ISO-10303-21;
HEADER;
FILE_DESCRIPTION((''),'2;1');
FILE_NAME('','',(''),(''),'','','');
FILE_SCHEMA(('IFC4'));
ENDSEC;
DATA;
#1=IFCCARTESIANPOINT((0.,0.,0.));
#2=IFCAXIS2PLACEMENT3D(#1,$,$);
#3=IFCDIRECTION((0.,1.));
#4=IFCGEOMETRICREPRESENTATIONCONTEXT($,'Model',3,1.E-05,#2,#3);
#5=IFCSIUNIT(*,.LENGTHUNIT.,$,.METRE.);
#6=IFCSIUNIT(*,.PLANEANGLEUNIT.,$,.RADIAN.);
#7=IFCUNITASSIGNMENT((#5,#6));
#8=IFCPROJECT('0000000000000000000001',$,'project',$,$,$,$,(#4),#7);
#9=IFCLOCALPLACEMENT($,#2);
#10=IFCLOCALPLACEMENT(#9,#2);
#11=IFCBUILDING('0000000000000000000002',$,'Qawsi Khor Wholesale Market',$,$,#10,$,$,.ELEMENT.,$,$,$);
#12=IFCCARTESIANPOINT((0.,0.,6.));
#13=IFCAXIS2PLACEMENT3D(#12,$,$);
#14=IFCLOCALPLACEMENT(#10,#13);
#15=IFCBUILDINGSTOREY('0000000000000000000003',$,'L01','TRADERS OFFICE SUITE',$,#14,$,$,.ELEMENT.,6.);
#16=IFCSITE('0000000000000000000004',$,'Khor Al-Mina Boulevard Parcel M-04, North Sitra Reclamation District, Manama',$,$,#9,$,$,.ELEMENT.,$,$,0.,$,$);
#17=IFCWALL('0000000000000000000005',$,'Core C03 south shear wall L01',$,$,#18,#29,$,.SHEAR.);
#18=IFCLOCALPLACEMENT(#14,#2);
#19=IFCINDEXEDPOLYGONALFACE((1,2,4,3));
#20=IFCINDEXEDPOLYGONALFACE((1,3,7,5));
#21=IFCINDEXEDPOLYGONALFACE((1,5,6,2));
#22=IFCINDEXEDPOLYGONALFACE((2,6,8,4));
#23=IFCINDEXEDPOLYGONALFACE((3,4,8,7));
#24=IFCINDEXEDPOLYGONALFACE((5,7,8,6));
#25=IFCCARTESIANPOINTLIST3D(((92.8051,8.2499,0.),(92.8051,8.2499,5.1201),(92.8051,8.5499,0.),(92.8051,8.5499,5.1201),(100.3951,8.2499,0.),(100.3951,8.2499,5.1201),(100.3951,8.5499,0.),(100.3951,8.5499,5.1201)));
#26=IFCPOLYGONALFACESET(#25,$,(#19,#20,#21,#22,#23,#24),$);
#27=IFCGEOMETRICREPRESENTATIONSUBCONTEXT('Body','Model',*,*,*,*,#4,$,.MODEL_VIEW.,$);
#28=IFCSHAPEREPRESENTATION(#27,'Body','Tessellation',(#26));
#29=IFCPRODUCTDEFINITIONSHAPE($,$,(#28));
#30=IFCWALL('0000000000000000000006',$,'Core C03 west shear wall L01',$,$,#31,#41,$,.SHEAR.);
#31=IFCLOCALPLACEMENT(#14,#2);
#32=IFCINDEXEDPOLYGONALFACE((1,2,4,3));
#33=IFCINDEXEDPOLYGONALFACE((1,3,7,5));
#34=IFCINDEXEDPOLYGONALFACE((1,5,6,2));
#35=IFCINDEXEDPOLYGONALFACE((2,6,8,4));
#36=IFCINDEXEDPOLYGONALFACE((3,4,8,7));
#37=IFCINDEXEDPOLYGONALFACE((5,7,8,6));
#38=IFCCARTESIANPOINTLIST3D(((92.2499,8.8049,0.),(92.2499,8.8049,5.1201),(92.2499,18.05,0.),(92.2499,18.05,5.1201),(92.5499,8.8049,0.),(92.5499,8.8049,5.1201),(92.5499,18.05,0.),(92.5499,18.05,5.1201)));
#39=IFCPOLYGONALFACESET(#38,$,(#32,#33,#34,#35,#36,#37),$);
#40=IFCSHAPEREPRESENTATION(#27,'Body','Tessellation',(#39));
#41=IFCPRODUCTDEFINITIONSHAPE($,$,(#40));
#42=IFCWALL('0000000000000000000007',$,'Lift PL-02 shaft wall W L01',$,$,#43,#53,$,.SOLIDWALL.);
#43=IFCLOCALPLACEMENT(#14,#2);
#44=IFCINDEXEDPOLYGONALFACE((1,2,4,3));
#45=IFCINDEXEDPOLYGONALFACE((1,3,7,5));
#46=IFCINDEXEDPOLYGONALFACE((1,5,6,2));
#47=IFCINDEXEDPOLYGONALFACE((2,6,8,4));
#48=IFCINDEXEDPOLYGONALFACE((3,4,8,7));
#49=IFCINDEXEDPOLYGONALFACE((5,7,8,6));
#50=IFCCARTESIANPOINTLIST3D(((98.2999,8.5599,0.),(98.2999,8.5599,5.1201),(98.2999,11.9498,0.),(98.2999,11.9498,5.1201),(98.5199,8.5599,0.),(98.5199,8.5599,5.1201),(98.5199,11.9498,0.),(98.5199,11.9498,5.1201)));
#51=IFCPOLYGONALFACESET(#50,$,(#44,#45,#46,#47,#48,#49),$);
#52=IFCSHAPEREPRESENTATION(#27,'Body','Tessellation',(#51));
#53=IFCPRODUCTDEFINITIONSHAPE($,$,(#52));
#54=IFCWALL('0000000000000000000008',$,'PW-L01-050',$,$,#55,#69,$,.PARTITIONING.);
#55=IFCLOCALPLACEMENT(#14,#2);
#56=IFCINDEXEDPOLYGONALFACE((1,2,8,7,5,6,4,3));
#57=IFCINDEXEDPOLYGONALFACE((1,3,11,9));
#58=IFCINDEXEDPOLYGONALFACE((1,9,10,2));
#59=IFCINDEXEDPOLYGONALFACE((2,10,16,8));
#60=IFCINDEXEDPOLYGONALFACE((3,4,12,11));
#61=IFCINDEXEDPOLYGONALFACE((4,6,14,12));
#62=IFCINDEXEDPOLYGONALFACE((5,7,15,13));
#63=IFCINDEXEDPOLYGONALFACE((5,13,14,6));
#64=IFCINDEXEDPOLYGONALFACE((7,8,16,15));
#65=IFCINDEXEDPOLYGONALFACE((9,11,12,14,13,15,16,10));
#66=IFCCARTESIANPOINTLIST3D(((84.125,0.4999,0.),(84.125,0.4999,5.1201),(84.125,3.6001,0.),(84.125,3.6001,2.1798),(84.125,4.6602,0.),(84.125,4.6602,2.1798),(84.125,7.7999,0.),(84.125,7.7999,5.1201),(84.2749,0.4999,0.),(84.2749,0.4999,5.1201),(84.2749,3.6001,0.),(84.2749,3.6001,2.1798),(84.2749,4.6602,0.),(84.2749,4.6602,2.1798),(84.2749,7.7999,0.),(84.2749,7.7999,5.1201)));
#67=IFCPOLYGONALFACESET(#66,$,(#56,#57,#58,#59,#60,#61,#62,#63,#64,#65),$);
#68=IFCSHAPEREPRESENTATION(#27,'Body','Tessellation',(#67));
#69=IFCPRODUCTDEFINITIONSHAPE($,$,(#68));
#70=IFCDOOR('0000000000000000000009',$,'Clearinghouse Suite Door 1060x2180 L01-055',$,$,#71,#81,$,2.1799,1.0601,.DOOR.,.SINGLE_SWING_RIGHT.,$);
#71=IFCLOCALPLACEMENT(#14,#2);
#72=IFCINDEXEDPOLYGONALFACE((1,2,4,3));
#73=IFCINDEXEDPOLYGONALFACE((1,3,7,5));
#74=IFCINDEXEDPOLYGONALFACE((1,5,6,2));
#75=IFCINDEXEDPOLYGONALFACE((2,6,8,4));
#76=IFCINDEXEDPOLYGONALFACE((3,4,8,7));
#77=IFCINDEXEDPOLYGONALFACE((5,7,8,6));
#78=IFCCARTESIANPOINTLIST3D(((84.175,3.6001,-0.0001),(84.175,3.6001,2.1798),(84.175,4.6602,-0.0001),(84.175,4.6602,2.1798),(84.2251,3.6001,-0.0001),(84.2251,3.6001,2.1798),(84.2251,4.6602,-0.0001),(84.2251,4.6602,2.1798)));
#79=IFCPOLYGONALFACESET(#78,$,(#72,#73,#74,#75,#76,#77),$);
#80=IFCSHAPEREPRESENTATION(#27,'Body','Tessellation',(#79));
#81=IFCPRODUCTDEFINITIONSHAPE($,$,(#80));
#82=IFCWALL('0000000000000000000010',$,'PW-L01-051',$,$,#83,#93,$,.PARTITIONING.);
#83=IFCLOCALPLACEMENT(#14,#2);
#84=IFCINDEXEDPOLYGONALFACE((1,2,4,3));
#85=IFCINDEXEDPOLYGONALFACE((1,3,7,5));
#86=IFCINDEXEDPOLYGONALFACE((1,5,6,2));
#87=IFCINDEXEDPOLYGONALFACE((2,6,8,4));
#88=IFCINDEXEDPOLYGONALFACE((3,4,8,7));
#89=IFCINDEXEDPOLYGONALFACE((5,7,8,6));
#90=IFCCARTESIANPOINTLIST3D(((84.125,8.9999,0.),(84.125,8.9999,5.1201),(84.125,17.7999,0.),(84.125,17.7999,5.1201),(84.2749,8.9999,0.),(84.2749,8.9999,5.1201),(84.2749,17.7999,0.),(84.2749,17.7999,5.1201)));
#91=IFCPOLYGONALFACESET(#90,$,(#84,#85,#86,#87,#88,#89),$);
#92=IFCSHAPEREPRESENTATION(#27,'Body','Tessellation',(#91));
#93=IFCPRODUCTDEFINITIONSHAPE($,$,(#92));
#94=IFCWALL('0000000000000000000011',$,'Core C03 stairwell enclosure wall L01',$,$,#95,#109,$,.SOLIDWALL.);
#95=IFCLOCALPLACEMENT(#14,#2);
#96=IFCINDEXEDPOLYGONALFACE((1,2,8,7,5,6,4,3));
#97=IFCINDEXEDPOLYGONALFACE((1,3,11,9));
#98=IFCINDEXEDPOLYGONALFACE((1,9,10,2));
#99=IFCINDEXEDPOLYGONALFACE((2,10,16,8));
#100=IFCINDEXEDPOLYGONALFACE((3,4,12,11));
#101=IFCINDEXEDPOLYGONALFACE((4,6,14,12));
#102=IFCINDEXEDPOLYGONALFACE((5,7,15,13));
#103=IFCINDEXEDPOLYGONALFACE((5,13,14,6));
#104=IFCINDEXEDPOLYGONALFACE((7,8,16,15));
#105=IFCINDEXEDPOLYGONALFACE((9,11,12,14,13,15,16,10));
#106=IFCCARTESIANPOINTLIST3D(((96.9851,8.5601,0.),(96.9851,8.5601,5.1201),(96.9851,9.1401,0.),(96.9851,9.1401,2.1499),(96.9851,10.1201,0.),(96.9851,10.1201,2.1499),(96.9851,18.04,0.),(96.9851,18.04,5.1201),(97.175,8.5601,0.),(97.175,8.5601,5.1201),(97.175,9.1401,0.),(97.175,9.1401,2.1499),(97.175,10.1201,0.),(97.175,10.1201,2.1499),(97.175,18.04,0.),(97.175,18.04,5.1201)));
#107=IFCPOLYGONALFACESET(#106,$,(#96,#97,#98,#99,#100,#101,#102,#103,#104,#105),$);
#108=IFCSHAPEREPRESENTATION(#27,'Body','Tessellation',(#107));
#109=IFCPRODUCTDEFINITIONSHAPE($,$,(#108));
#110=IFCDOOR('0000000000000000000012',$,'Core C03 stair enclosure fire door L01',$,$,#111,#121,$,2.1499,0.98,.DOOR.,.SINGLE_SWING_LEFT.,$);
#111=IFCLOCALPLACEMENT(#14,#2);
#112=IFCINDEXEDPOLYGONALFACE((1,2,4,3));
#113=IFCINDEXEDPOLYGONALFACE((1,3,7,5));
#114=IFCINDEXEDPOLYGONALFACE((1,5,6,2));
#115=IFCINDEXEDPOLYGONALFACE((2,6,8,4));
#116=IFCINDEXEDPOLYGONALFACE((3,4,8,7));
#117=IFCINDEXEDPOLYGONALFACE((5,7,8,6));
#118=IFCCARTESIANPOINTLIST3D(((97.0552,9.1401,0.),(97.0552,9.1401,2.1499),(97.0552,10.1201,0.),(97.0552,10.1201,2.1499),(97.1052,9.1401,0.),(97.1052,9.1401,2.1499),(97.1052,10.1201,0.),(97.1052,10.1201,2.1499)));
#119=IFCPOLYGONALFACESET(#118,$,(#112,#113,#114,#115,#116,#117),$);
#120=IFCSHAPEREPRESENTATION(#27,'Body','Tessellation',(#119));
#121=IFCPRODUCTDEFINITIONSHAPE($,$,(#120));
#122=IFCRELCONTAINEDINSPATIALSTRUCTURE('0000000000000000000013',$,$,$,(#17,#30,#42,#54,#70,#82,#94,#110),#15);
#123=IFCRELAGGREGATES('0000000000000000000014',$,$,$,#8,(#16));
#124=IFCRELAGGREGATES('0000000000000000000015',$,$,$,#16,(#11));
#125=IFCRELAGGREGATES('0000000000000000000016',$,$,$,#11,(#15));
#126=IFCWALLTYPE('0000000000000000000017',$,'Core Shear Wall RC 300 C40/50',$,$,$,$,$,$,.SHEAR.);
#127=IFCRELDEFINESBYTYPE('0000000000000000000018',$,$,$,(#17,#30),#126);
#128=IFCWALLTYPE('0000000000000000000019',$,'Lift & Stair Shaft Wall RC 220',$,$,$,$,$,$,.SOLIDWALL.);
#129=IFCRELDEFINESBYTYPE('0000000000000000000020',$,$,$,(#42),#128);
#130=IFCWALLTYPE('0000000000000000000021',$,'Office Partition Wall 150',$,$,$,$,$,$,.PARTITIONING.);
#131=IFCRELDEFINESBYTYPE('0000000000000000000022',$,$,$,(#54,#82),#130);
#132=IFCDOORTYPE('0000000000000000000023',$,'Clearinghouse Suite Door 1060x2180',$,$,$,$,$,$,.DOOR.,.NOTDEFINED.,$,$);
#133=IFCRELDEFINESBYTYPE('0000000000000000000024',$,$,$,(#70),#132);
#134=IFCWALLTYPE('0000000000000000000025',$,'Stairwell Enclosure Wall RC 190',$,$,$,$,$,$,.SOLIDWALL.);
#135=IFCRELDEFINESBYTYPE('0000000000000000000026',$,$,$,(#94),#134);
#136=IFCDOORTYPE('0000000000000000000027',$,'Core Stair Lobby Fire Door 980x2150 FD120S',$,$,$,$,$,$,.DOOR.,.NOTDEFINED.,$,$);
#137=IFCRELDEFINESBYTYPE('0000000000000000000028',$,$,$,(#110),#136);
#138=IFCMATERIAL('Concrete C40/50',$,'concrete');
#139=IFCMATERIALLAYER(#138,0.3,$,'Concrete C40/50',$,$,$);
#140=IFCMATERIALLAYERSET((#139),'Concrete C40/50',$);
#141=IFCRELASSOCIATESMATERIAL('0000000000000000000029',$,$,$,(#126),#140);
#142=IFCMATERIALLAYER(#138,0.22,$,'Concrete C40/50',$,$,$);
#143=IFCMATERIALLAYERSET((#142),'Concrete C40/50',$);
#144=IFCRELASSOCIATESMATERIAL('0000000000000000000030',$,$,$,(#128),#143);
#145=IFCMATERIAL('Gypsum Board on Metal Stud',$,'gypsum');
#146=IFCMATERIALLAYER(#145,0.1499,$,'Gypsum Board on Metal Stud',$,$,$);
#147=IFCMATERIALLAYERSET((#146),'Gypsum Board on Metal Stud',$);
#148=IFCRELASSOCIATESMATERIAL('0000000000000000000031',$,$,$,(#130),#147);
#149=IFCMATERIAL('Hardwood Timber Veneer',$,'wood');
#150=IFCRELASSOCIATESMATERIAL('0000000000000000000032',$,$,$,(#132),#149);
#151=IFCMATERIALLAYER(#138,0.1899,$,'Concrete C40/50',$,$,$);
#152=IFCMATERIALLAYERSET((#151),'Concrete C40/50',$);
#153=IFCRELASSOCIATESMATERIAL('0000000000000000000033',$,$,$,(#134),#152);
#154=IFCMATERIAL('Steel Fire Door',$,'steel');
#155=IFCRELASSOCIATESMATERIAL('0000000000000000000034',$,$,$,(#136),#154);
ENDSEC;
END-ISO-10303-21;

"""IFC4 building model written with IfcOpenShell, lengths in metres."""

from ifc_helpers import new_model, si_unit, direction, frame, frame_2d, origin, place, context, subcontext, project, spatial, rectangle, extrude, material, layer, layer_set, type_object, element, fill, save


model = new_model("IFC4")

# Units and contexts
model_context = context("Model", 3, precision=1e-05, world=origin(), true_north=direction((0.0, 1.0)))
body_context = subcontext(model_context, "Body", "Model", "MODEL_VIEW")
ifc_project = project(units=[si_unit("LENGTHUNIT", "METRE"), si_unit("PLANEANGLEUNIT", "RADIAN")], contexts=[model_context])

# Site, building, storey
site_placement = place(None, origin())
site = spatial("IfcSite", under=ifc_project, at=site_placement, Name="Khor Al-Mina Boulevard Parcel M-04, North Sitra Reclamation District, Manama", CompositionType="ELEMENT", RefElevation=0.0)
building_placement = place(site_placement, origin())
building = spatial("IfcBuilding", under=site, at=building_placement, Name="Qawsi Khor Wholesale Market", CompositionType="ELEMENT")
storey_placement = place(building_placement, frame((0.0, 0.0, 6.0)))
storey = spatial("IfcBuildingStorey", under=building, at=storey_placement, Name="L01", Description="TRADERS OFFICE SUITE", CompositionType="ELEMENT", Elevation=6.0)

# Shared definitions
ifc_material_1 = material(Name="Concrete C40/50", Category="concrete")

# Walls
ifc_layer_1 = layer(ifc_material_1, 0.3, Name="Concrete C40/50")
ifc_layer_set_1 = layer_set([ifc_layer_1], Name="Concrete C40/50")
wall_type_1 = type_object("IfcWallType", Name="Core Shear Wall RC 300 C40/50", PredefinedType="SHEAR", material=ifc_layer_set_1)
wall_1_placement = place(storey_placement, frame((100.395, 8.3999, 0.0), z_axis=(0.0, 0.0, 1.0), x_axis=(-1.0, 0.0, 0.0)))
element("IfcWall", 1, at=wall_1_placement, inside=storey, type_object=wall_type_1, Name="Core C03 south shear wall L01", PredefinedType="SHEAR", context=body_context, shape_type="SweptSolid", body=[
    extrude(rectangle(XDim=7.5901, YDim=0.3, at=frame_2d((3.7949, 0.0))), origin(), (0.0, 0.0, 1.0), 5.1201),
])
wall_2_placement = place(storey_placement, frame((92.3999, 8.8049, 0.0), z_axis=(0.0, 0.0, 1.0), x_axis=(0.0, 1.0, 0.0)))
element("IfcWall", 2, at=wall_2_placement, inside=storey, type_object=wall_type_1, Name="Core C03 west shear wall L01", PredefinedType="SHEAR", context=body_context, shape_type="SweptSolid", body=[
    extrude(rectangle(XDim=9.2451, YDim=0.3, at=frame_2d((4.6226, 0.0))), origin(), (0.0, 0.0, 1.0), 5.1201),
])
ifc_layer_2 = layer(ifc_material_1, 0.22, Name="Concrete C40/50")
ifc_layer_set_2 = layer_set([ifc_layer_2], Name="Concrete C40/50")
wall_type_2 = type_object("IfcWallType", Name="Lift & Stair Shaft Wall RC 220", PredefinedType="SOLIDWALL", material=ifc_layer_set_2)
wall_3_placement = place(storey_placement, frame((98.4099, 8.5601, 0.0), z_axis=(0.0, 0.0, 1.0), x_axis=(0.0, 1.0, 0.0)))
element("IfcWall", 3, at=wall_3_placement, inside=storey, type_object=wall_type_2, Name="Lift PL-02 shaft wall W L01", PredefinedType="SOLIDWALL", context=body_context, shape_type="SweptSolid", body=[
    extrude(rectangle(XDim=3.3899, YDim=0.22, at=frame_2d((1.6948, 0.0))), origin(), (0.0, 0.0, 1.0), 5.1201),
])

# Wall, opening, door
ifc_material_2 = material(Name="Gypsum Board on Metal Stud", Category="gypsum")
ifc_layer_3 = layer(ifc_material_2, 0.1499, Name="Gypsum Board on Metal Stud")
ifc_layer_set_3 = layer_set([ifc_layer_3], Name="Gypsum Board on Metal Stud")
wall_type_3 = type_object("IfcWallType", Name="Office Partition Wall 150", PredefinedType="PARTITIONING", material=ifc_layer_set_3)
wall_4_placement = place(storey_placement, frame((84.2, 0.5, 0.0), z_axis=(0.0, 0.0, 1.0), x_axis=(0.0, 1.0, 0.0)))
wall_4 = element("IfcWall", 4, at=wall_4_placement, inside=storey, type_object=wall_type_3, Name="PW-L01-050", PredefinedType="PARTITIONING", context=body_context, shape_type="SweptSolid", body=[
    extrude(rectangle(XDim=7.3, YDim=0.1499, at=frame_2d((3.6499, 0.0))), origin(), (0.0, 0.0, 1.0), 5.1201),
])
opening_1_placement = place(wall_4_placement, frame((3.1001, 0.0, 0.0)))
opening_1 = element("IfcOpeningElement", 5, at=opening_1_placement, cuts=wall_4, PredefinedType="OPENING", context=body_context, shape_type="SweptSolid", body=[
    extrude(rectangle(XDim=1.0601, YDim=2.1799, at=frame_2d((0.53, 1.0898))), frame((0.0, 0.085, 0.0), z_axis=(0.0, -1.0, 0.0), x_axis=(1.0, 0.0, 0.0)), (0.0, 0.0, 1.0), 0.1699),
])
ifc_material_3 = material(Name="Hardwood Timber Veneer", Category="wood")
door_type_1 = type_object("IfcDoorType", Name="Clearinghouse Suite Door 1060x2180", OperationType="NOTDEFINED", PredefinedType="DOOR", material=ifc_material_3)
door_1_placement = place(opening_1_placement, origin())
door_1 = element("IfcDoor", 6, at=door_1_placement, inside=storey, type_object=door_type_1, Name="Clearinghouse Suite Door 1060x2180 L01-055", OperationType="SINGLE_SWING_RIGHT", OverallHeight=2.1799, OverallWidth=1.0601, PredefinedType="DOOR", context=body_context, shape_type="SweptSolid", body=[
    extrude(rectangle(XDim=1.0601, YDim=2.1799, at=frame_2d((0.53, 1.0898))), frame((0.0, 0.0249, 0.0), z_axis=(0.0, -1.0, 0.0), x_axis=(1.0, 0.0, 0.0)), (0.0, 0.0, 1.0), 0.05),
])
fill(opening_1, door_1)

# Wall
wall_5_placement = place(storey_placement, frame((84.2, 9.0, 0.0), z_axis=(0.0, 0.0, 1.0), x_axis=(0.0, 1.0, 0.0)))
element("IfcWall", 7, at=wall_5_placement, inside=storey, type_object=wall_type_3, Name="PW-L01-051", PredefinedType="PARTITIONING", context=body_context, shape_type="SweptSolid", body=[
    extrude(rectangle(XDim=8.8, YDim=0.1499, at=frame_2d((4.3999, 0.0))), origin(), (0.0, 0.0, 1.0), 5.1201),
])

# Wall, opening, door
ifc_layer_4 = layer(ifc_material_1, 0.1899, Name="Concrete C40/50")
ifc_layer_set_4 = layer_set([ifc_layer_4], Name="Concrete C40/50")
wall_type_4 = type_object("IfcWallType", Name="Stairwell Enclosure Wall RC 190", PredefinedType="SOLIDWALL", material=ifc_layer_set_4)
wall_6_placement = place(storey_placement, frame((97.0801, 8.5601, 0.0), z_axis=(0.0, 0.0, 1.0), x_axis=(0.0, 1.0, 0.0)))
wall_6 = element("IfcWall", 8, at=wall_6_placement, inside=storey, type_object=wall_type_4, Name="Core C03 stairwell enclosure wall L01", PredefinedType="SOLIDWALL", context=body_context, shape_type="SweptSolid", body=[
    extrude(rectangle(XDim=9.48, YDim=0.1899, at=frame_2d((4.74, 0.0))), origin(), (0.0, 0.0, 1.0), 5.1201),
])
opening_2_placement = place(wall_6_placement, frame((0.5801, 0.0, 0.0)))
opening_2 = element("IfcOpeningElement", 9, at=opening_2_placement, cuts=wall_6, PredefinedType="OPENING", context=body_context, shape_type="SweptSolid", body=[
    extrude(rectangle(XDim=0.98, YDim=2.1499, at=frame_2d((0.49, 1.075))), frame((0.0, 0.105, 0.0), z_axis=(0.0, -1.0, 0.0), x_axis=(1.0, 0.0, 0.0)), (0.0, 0.0, 1.0), 0.21),
])
ifc_material_4 = material(Name="Steel Fire Door", Category="steel")
door_type_2 = type_object("IfcDoorType", Name="Core Stair Lobby Fire Door 980x2150 FD120S", OperationType="NOTDEFINED", PredefinedType="DOOR", material=ifc_material_4)
door_2_placement = place(opening_2_placement, origin())
door_2 = element("IfcDoor", 10, at=door_2_placement, inside=storey, type_object=door_type_2, Name="Core C03 stair enclosure fire door L01", OperationType="SINGLE_SWING_LEFT", OverallHeight=2.1499, OverallWidth=0.98, PredefinedType="DOOR", context=body_context, shape_type="SweptSolid", body=[
    extrude(rectangle(XDim=0.98, YDim=2.1499, at=frame_2d((0.49, 1.075))), frame((0.0, 0.0249, 0.0), z_axis=(0.0, -1.0, 0.0), x_axis=(1.0, 0.0, 0.0)), (0.0, 0.0, 1.0), 0.05),
])
fill(opening_2, door_2)

save(model, "model.ifc")
